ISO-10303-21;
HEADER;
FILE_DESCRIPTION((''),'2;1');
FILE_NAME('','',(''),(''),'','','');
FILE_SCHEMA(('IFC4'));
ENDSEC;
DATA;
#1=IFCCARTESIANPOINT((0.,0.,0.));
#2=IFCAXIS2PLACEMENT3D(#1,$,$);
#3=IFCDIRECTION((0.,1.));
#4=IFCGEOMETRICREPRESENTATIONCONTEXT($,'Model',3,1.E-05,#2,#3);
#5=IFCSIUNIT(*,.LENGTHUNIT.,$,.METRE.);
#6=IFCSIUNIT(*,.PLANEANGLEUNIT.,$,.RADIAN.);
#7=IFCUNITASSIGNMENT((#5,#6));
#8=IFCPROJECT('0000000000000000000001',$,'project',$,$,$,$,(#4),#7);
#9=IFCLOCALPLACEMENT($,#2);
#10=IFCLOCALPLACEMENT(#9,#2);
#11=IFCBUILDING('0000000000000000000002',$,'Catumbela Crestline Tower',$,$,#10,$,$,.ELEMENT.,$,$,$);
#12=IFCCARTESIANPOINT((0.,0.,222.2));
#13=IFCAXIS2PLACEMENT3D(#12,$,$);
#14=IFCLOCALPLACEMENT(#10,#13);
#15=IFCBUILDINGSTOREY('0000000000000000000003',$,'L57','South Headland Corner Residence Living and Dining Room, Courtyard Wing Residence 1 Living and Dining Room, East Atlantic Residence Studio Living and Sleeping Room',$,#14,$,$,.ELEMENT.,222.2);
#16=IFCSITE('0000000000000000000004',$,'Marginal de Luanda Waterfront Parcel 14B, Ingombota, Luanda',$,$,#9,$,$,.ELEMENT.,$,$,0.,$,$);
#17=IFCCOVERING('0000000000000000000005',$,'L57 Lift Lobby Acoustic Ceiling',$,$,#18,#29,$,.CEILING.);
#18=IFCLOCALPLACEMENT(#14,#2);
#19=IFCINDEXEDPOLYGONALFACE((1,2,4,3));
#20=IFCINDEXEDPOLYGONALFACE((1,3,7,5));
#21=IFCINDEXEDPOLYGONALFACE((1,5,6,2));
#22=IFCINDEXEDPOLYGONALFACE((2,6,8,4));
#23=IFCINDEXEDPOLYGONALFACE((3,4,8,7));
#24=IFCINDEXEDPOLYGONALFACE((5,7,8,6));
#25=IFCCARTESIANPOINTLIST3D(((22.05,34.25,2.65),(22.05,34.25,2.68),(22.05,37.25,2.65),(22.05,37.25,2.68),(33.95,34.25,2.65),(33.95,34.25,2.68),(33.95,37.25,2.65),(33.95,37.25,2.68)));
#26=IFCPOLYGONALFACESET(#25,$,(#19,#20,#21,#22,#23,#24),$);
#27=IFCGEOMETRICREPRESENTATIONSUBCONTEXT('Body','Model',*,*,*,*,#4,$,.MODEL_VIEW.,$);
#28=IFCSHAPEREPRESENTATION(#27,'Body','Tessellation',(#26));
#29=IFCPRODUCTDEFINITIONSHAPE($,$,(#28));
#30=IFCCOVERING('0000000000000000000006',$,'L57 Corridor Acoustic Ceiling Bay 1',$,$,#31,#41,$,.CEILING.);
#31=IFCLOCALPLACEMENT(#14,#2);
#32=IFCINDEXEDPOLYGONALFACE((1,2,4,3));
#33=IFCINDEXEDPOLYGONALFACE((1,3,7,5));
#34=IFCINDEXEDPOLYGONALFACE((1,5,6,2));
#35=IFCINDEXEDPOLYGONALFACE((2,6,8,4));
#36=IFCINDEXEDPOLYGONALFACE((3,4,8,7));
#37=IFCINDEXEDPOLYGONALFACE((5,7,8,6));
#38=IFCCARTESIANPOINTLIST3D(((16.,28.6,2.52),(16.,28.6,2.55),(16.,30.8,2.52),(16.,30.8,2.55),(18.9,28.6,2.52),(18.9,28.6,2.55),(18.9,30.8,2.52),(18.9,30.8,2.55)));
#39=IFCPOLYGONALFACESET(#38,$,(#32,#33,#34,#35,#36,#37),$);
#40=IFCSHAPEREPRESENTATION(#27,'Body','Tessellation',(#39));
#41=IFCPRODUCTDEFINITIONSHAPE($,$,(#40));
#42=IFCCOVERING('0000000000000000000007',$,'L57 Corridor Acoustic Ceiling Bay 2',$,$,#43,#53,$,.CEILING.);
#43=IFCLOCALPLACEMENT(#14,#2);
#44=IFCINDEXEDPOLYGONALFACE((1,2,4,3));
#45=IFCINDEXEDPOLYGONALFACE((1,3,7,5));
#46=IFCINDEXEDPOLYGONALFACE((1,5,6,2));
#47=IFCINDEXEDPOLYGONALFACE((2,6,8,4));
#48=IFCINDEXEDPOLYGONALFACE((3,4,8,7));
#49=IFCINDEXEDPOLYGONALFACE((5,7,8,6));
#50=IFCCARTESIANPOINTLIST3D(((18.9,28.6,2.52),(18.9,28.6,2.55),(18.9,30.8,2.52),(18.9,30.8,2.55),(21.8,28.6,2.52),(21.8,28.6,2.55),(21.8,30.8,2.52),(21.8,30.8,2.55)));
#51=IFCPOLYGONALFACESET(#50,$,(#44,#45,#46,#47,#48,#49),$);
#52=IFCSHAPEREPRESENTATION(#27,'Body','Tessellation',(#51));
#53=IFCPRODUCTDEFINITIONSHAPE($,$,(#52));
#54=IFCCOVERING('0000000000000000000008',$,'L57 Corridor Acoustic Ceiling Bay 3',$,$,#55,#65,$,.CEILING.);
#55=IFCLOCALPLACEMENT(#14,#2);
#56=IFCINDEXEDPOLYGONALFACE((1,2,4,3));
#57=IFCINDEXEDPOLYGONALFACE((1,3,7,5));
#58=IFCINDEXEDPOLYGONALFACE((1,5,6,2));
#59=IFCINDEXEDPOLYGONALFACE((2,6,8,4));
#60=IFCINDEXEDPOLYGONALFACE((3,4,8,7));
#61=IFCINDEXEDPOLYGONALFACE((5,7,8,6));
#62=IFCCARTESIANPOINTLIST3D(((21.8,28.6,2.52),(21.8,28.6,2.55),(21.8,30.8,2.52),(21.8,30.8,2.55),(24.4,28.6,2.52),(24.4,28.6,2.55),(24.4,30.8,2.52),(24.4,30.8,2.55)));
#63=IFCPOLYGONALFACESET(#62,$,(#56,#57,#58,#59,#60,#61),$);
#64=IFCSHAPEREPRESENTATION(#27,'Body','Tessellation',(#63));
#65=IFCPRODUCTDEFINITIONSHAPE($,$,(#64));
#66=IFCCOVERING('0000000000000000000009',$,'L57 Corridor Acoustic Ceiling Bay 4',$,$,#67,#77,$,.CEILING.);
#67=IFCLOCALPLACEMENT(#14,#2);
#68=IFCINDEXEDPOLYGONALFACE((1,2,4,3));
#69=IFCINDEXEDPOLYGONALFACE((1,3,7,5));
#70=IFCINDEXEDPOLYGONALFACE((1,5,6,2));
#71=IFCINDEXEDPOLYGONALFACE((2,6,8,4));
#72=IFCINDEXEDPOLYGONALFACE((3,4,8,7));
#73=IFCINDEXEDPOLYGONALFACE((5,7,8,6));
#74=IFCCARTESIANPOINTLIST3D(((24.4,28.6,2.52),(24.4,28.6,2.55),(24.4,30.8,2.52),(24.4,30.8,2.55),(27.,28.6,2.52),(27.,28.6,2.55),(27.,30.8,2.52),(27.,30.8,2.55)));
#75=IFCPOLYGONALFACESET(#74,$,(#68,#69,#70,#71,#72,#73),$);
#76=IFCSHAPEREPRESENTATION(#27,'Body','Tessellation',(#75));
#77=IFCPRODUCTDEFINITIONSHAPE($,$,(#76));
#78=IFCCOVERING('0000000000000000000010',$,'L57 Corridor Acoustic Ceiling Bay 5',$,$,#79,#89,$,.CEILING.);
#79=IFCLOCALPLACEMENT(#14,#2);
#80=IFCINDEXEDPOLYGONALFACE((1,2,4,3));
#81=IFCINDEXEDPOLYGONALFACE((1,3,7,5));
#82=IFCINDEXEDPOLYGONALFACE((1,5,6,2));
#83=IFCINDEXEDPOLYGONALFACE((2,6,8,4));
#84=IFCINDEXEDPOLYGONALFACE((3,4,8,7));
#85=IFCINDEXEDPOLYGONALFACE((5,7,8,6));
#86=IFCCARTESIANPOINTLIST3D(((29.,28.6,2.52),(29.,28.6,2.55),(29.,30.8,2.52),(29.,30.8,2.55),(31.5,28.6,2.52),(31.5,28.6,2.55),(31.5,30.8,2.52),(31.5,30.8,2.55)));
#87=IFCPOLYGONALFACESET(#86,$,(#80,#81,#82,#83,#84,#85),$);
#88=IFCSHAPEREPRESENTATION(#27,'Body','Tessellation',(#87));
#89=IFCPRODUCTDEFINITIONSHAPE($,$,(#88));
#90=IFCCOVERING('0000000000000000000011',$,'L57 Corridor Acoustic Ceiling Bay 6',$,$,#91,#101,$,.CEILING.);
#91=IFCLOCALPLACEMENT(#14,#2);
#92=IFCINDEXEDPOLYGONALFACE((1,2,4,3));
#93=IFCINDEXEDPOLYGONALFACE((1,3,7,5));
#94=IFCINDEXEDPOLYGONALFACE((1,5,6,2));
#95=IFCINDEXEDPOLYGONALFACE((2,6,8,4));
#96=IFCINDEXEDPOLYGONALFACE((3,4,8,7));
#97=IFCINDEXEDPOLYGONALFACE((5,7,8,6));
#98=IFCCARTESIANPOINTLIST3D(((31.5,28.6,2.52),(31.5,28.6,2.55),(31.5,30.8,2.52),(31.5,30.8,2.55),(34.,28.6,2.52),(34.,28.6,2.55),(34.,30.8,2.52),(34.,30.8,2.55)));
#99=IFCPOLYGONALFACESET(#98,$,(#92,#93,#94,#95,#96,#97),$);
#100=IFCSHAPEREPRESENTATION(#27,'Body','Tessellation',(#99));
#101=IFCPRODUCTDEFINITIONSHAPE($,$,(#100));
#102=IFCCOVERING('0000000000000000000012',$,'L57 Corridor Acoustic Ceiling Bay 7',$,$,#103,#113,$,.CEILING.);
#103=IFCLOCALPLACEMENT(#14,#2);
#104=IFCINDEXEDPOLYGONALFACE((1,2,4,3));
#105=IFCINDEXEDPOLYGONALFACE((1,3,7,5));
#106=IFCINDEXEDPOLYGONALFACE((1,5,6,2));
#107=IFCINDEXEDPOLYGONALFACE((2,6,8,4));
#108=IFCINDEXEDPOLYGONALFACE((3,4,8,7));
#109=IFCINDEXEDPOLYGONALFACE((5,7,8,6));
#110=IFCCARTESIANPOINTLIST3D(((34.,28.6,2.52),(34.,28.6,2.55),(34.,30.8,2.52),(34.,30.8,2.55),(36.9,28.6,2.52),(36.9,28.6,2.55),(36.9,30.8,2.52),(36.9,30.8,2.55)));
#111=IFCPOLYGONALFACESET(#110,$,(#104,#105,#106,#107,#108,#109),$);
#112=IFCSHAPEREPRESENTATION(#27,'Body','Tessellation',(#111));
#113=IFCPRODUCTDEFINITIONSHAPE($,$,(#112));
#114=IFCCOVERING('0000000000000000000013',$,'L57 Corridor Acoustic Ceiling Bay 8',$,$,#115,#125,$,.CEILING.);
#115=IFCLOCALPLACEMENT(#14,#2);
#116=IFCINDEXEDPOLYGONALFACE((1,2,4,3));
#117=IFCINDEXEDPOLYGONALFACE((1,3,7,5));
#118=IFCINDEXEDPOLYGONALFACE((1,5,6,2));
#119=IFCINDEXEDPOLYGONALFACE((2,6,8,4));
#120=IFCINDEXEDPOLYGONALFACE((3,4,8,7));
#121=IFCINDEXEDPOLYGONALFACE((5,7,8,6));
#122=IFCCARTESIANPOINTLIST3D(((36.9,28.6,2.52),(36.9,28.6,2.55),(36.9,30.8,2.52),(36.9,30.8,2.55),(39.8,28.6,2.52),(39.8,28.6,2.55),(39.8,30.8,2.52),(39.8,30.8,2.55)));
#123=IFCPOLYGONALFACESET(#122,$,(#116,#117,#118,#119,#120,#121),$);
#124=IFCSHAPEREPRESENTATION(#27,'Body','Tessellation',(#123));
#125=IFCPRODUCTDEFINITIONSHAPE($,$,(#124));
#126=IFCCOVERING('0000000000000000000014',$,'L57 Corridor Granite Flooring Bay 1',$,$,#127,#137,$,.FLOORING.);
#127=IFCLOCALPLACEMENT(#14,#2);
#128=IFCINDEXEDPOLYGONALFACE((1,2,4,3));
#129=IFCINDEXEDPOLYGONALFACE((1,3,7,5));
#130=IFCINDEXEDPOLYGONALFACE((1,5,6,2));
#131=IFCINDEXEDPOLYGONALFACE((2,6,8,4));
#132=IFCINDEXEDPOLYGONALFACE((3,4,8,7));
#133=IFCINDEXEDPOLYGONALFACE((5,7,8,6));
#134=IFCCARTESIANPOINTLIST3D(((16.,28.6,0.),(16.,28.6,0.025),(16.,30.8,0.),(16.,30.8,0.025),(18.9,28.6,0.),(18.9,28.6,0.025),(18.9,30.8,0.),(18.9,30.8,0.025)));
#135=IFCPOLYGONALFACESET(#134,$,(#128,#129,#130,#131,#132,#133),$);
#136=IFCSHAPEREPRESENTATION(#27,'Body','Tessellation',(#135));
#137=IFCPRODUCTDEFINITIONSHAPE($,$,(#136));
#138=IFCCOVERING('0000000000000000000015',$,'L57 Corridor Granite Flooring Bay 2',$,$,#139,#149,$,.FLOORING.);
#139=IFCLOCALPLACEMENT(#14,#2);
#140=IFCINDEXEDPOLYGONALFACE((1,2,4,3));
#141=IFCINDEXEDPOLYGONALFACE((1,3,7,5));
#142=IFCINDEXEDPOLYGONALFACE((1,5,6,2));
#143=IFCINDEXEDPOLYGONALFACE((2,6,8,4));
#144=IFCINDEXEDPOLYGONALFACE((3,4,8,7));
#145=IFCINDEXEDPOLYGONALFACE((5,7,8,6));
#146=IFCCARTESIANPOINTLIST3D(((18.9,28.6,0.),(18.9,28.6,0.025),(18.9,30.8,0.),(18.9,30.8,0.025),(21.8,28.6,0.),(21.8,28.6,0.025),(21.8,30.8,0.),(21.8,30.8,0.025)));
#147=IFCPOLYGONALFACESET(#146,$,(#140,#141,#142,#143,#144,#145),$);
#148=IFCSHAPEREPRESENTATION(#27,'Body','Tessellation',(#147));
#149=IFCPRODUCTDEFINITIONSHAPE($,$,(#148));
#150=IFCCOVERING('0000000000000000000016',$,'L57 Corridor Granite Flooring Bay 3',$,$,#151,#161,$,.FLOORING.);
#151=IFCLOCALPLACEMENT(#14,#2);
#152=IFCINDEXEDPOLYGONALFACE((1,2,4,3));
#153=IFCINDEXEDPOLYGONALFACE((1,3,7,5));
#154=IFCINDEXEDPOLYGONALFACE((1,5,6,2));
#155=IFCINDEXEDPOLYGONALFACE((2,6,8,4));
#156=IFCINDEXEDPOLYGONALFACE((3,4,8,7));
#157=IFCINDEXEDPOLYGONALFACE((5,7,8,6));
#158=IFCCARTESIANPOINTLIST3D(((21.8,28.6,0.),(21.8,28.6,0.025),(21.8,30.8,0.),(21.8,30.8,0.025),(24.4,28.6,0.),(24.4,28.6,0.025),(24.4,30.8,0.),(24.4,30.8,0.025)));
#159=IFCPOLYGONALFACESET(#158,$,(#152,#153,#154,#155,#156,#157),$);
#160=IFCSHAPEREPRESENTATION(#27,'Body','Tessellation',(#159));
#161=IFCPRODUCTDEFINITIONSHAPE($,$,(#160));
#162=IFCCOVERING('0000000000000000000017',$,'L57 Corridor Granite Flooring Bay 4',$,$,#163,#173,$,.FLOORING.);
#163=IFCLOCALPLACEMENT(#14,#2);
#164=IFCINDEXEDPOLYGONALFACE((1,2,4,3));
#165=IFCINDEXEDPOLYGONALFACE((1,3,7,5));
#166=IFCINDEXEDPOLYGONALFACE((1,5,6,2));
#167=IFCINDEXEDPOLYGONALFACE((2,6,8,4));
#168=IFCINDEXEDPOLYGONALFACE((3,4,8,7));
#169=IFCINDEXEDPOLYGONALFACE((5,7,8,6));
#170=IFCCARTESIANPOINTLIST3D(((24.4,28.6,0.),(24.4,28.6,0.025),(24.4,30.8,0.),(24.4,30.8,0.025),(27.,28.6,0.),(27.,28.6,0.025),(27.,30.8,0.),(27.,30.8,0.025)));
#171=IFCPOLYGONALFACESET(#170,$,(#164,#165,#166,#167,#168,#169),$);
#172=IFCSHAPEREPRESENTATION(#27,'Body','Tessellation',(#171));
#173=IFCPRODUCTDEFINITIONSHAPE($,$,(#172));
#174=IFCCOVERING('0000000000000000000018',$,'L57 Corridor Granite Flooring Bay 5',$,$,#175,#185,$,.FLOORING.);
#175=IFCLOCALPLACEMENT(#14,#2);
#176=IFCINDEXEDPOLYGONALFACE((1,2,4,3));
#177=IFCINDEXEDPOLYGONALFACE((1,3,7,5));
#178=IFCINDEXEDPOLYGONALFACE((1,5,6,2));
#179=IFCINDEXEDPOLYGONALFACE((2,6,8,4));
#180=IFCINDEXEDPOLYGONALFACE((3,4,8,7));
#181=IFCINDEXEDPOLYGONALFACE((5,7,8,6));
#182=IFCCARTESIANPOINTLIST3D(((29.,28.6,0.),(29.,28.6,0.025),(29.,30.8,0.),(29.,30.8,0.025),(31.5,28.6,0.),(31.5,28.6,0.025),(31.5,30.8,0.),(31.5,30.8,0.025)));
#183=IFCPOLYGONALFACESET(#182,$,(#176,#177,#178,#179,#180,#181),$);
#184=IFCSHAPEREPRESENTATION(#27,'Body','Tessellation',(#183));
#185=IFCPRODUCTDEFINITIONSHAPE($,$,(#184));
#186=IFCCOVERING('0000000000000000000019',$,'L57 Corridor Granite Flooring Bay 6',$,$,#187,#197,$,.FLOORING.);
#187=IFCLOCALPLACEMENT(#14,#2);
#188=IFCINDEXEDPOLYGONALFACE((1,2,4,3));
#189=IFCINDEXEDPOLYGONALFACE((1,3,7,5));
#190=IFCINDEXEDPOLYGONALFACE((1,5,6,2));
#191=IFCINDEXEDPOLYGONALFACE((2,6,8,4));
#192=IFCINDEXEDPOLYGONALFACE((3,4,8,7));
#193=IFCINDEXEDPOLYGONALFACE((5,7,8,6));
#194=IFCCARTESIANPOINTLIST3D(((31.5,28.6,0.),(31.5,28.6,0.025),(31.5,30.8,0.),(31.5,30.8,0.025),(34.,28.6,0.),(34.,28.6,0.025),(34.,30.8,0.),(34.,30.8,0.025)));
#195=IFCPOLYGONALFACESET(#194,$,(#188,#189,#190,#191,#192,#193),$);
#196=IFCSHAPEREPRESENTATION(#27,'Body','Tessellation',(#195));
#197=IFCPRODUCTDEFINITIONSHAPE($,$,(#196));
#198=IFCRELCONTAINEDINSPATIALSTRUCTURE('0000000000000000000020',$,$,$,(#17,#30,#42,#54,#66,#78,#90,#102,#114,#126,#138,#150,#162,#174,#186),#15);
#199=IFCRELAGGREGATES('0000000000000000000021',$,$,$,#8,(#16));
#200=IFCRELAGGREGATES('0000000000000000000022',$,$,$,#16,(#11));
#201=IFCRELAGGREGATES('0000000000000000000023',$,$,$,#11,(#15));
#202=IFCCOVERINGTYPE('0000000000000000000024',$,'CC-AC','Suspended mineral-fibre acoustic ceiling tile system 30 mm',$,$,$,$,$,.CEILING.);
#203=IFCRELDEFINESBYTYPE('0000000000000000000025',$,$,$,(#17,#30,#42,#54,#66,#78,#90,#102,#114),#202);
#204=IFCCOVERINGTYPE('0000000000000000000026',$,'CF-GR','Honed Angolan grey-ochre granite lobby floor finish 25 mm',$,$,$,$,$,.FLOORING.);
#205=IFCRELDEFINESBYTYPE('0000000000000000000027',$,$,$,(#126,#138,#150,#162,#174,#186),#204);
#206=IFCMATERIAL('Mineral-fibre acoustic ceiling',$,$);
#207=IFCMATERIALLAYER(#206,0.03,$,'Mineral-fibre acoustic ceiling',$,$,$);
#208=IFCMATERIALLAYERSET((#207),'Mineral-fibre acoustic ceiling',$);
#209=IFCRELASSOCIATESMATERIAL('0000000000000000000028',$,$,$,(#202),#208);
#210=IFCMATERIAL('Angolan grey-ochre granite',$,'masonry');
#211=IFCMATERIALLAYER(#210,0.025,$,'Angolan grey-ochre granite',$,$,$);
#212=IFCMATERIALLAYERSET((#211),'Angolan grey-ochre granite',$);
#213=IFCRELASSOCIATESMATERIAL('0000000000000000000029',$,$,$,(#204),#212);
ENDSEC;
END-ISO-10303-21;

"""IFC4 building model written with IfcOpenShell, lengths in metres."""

from ifc_helpers import new_model, si_unit, direction, frame, origin, place, context, subcontext, project, spatial, polyline, outline, extrude, material, layer, layer_set, type_object, element, save


model = new_model("IFC4")

# Units and contexts
model_context = context("Model", 3, precision=1e-05, world=origin(), true_north=direction((0.0, 1.0)))
body_context = subcontext(model_context, "Body", "Model", "MODEL_VIEW")
ifc_project = project(units=[si_unit("LENGTHUNIT", "METRE"), si_unit("PLANEANGLEUNIT", "RADIAN")], contexts=[model_context])

# Site, building, storey
site_placement = place(None, origin())
site = spatial("IfcSite", under=ifc_project, at=site_placement, Name="Marginal de Luanda Waterfront Parcel 14B, Ingombota, Luanda", CompositionType="ELEMENT", RefElevation=0.0)
building_placement = place(site_placement, origin())
building = spatial("IfcBuilding", under=site, at=building_placement, Name="Catumbela Crestline Tower", CompositionType="ELEMENT")
storey_placement = place(building_placement, frame((0.0, 0.0, 222.2)))
storey = spatial("IfcBuildingStorey", under=building, at=storey_placement, Name="L57", Description="South Headland Corner Residence Living and Dining Room, Courtyard Wing Residence 1 Living and Dining Room, East Atlantic Residence Studio Living and Sleeping Room", CompositionType="ELEMENT", Elevation=222.2)

# Shared definitions
ifc_material_1 = material(Name="Angolan grey-ochre granite", Category="masonry")

# Coverings
ifc_material_2 = material(Name="Mineral-fibre acoustic ceiling")
ifc_layer_1 = layer(ifc_material_2, 0.03, Name="Mineral-fibre acoustic ceiling")
ifc_layer_set_1 = layer_set([ifc_layer_1], Name="Mineral-fibre acoustic ceiling")
covering_type_1 = type_object("IfcCoveringType", Name="CC-AC", Description="Suspended mineral-fibre acoustic ceiling tile system 30 mm", PredefinedType="CEILING", material=ifc_layer_set_1)
covering_1_placement = place(storey_placement, frame((0.0, 0.0, 2.65)))
element("IfcCovering", 1, at=covering_1_placement, inside=storey, type_object=covering_type_1, Name="L57 Lift Lobby Acoustic Ceiling", PredefinedType="CEILING", context=body_context, shape_type="SweptSolid", body=[
    extrude(outline(polyline([(22.05, 34.25), (33.95, 34.25), (33.95, 37.25), (22.05, 37.25), (22.05, 34.25)])), origin(), (0.0, 0.0, 1.0), 0.03),
])
covering_2_placement = place(storey_placement, frame((0.0, 0.0, 2.52)))
element("IfcCovering", 2, at=covering_2_placement, inside=storey, type_object=covering_type_1, Name="L57 Corridor Acoustic Ceiling Bay 1", PredefinedType="CEILING", context=body_context, shape_type="SweptSolid", body=[
    extrude(outline(polyline([(16.0, 28.6), (18.9, 28.6), (18.9, 30.8), (16.0, 30.8), (16.0, 28.6)])), origin(), (0.0, 0.0, 1.0), 0.03),
])
covering_3_placement = place(storey_placement, frame((0.0, 0.0, 2.52)))
element("IfcCovering", 3, at=covering_3_placement, inside=storey, type_object=covering_type_1, Name="L57 Corridor Acoustic Ceiling Bay 2", PredefinedType="CEILING", context=body_context, shape_type="SweptSolid", body=[
    extrude(outline(polyline([(18.9, 28.6), (21.8, 28.6), (21.8, 30.8), (18.9, 30.8), (18.9, 28.6)])), origin(), (0.0, 0.0, 1.0), 0.03),
])
covering_4_placement = place(storey_placement, frame((0.0, 0.0, 2.52)))
element("IfcCovering", 4, at=covering_4_placement, inside=storey, type_object=covering_type_1, Name="L57 Corridor Acoustic Ceiling Bay 3", PredefinedType="CEILING", context=body_context, shape_type="SweptSolid", body=[
    extrude(outline(polyline([(21.8, 28.6), (24.4, 28.6), (24.4, 30.8), (21.8, 30.8), (21.8, 28.6)])), origin(), (0.0, 0.0, 1.0), 0.03),
])
covering_5_placement = place(storey_placement, frame((0.0, 0.0, 2.52)))
element("IfcCovering", 5, at=covering_5_placement, inside=storey, type_object=covering_type_1, Name="L57 Corridor Acoustic Ceiling Bay 4", PredefinedType="CEILING", context=body_context, shape_type="SweptSolid", body=[
    extrude(outline(polyline([(24.4, 28.6), (27.0, 28.6), (27.0, 30.8), (24.4, 30.8), (24.4, 28.6)])), origin(), (0.0, 0.0, 1.0), 0.03),
])
covering_6_placement = place(storey_placement, frame((0.0, 0.0, 2.52)))
element("IfcCovering", 6, at=covering_6_placement, inside=storey, type_object=covering_type_1, Name="L57 Corridor Acoustic Ceiling Bay 5", PredefinedType="CEILING", context=body_context, shape_type="SweptSolid", body=[
    extrude(outline(polyline([(29.0, 28.6), (31.5, 28.6), (31.5, 30.8), (29.0, 30.8), (29.0, 28.6)])), origin(), (0.0, 0.0, 1.0), 0.03),
])
covering_7_placement = place(storey_placement, frame((0.0, 0.0, 2.52)))
element("IfcCovering", 7, at=covering_7_placement, inside=storey, type_object=covering_type_1, Name="L57 Corridor Acoustic Ceiling Bay 6", PredefinedType="CEILING", context=body_context, shape_type="SweptSolid", body=[
    extrude(outline(polyline([(31.5, 28.6), (34.0, 28.6), (34.0, 30.8), (31.5, 30.8), (31.5, 28.6)])), origin(), (0.0, 0.0, 1.0), 0.03),
])
covering_8_placement = place(storey_placement, frame((0.0, 0.0, 2.52)))
element("IfcCovering", 8, at=covering_8_placement, inside=storey, type_object=covering_type_1, Name="L57 Corridor Acoustic Ceiling Bay 7", PredefinedType="CEILING", context=body_context, shape_type="SweptSolid", body=[
    extrude(outline(polyline([(34.0, 28.6), (36.9, 28.6), (36.9, 30.8), (34.0, 30.8), (34.0, 28.6)])), origin(), (0.0, 0.0, 1.0), 0.03),
])
covering_9_placement = place(storey_placement, frame((0.0, 0.0, 2.52)))
element("IfcCovering", 9, at=covering_9_placement, inside=storey, type_object=covering_type_1, Name="L57 Corridor Acoustic Ceiling Bay 8", PredefinedType="CEILING", context=body_context, shape_type="SweptSolid", body=[
    extrude(outline(polyline([(36.9, 28.6), (39.8, 28.6), (39.8, 30.8), (36.9, 30.8), (36.9, 28.6)])), origin(), (0.0, 0.0, 1.0), 0.03),
])
ifc_layer_2 = layer(ifc_material_1, 0.025, Name="Angolan grey-ochre granite")
ifc_layer_set_2 = layer_set([ifc_layer_2], Name="Angolan grey-ochre granite")
covering_type_2 = type_object("IfcCoveringType", Name="CF-GR", Description="Honed Angolan grey-ochre granite lobby floor finish 25 mm", PredefinedType="FLOORING", material=ifc_layer_set_2)
covering_10_placement = place(storey_placement, origin())
element("IfcCovering", 10, at=covering_10_placement, inside=storey, type_object=covering_type_2, Name="L57 Corridor Granite Flooring Bay 1", PredefinedType="FLOORING", context=body_context, shape_type="SweptSolid", body=[
    extrude(outline(polyline([(16.0, 28.6), (18.9, 28.6), (18.9, 30.8), (16.0, 30.8), (16.0, 28.6)])), origin(), (0.0, 0.0, 1.0), 0.025),
])
covering_11_placement = place(storey_placement, origin())
element("IfcCovering", 11, at=covering_11_placement, inside=storey, type_object=covering_type_2, Name="L57 Corridor Granite Flooring Bay 2", PredefinedType="FLOORING", context=body_context, shape_type="SweptSolid", body=[
    extrude(outline(polyline([(18.9, 28.6), (21.8, 28.6), (21.8, 30.8), (18.9, 30.8), (18.9, 28.6)])), origin(), (0.0, 0.0, 1.0), 0.025),
])
covering_12_placement = place(storey_placement, origin())
element("IfcCovering", 12, at=covering_12_placement, inside=storey, type_object=covering_type_2, Name="L57 Corridor Granite Flooring Bay 3", PredefinedType="FLOORING", context=body_context, shape_type="SweptSolid", body=[
    extrude(outline(polyline([(21.8, 28.6), (24.4, 28.6), (24.4, 30.8), (21.8, 30.8), (21.8, 28.6)])), origin(), (0.0, 0.0, 1.0), 0.025),
])
covering_13_placement = place(storey_placement, origin())
element("IfcCovering", 13, at=covering_13_placement, inside=storey, type_object=covering_type_2, Name="L57 Corridor Granite Flooring Bay 4", PredefinedType="FLOORING", context=body_context, shape_type="SweptSolid", body=[
    extrude(outline(polyline([(24.4, 28.6), (27.0, 28.6), (27.0, 30.8), (24.4, 30.8), (24.4, 28.6)])), origin(), (0.0, 0.0, 1.0), 0.025),
])
covering_14_placement = place(storey_placement, origin())
element("IfcCovering", 14, at=covering_14_placement, inside=storey, type_object=covering_type_2, Name="L57 Corridor Granite Flooring Bay 5", PredefinedType="FLOORING", context=body_context, shape_type="SweptSolid", body=[
    extrude(outline(polyline([(29.0, 28.6), (31.5, 28.6), (31.5, 30.8), (29.0, 30.8), (29.0, 28.6)])), origin(), (0.0, 0.0, 1.0), 0.025),
])
covering_15_placement = place(storey_placement, origin())
element("IfcCovering", 15, at=covering_15_placement, inside=storey, type_object=covering_type_2, Name="L57 Corridor Granite Flooring Bay 6", PredefinedType="FLOORING", context=body_context, shape_type="SweptSolid", body=[
    extrude(outline(polyline([(31.5, 28.6), (34.0, 28.6), (34.0, 30.8), (31.5, 30.8), (31.5, 28.6)])), origin(), (0.0, 0.0, 1.0), 0.025),
])

save(model, "model.ifc")
